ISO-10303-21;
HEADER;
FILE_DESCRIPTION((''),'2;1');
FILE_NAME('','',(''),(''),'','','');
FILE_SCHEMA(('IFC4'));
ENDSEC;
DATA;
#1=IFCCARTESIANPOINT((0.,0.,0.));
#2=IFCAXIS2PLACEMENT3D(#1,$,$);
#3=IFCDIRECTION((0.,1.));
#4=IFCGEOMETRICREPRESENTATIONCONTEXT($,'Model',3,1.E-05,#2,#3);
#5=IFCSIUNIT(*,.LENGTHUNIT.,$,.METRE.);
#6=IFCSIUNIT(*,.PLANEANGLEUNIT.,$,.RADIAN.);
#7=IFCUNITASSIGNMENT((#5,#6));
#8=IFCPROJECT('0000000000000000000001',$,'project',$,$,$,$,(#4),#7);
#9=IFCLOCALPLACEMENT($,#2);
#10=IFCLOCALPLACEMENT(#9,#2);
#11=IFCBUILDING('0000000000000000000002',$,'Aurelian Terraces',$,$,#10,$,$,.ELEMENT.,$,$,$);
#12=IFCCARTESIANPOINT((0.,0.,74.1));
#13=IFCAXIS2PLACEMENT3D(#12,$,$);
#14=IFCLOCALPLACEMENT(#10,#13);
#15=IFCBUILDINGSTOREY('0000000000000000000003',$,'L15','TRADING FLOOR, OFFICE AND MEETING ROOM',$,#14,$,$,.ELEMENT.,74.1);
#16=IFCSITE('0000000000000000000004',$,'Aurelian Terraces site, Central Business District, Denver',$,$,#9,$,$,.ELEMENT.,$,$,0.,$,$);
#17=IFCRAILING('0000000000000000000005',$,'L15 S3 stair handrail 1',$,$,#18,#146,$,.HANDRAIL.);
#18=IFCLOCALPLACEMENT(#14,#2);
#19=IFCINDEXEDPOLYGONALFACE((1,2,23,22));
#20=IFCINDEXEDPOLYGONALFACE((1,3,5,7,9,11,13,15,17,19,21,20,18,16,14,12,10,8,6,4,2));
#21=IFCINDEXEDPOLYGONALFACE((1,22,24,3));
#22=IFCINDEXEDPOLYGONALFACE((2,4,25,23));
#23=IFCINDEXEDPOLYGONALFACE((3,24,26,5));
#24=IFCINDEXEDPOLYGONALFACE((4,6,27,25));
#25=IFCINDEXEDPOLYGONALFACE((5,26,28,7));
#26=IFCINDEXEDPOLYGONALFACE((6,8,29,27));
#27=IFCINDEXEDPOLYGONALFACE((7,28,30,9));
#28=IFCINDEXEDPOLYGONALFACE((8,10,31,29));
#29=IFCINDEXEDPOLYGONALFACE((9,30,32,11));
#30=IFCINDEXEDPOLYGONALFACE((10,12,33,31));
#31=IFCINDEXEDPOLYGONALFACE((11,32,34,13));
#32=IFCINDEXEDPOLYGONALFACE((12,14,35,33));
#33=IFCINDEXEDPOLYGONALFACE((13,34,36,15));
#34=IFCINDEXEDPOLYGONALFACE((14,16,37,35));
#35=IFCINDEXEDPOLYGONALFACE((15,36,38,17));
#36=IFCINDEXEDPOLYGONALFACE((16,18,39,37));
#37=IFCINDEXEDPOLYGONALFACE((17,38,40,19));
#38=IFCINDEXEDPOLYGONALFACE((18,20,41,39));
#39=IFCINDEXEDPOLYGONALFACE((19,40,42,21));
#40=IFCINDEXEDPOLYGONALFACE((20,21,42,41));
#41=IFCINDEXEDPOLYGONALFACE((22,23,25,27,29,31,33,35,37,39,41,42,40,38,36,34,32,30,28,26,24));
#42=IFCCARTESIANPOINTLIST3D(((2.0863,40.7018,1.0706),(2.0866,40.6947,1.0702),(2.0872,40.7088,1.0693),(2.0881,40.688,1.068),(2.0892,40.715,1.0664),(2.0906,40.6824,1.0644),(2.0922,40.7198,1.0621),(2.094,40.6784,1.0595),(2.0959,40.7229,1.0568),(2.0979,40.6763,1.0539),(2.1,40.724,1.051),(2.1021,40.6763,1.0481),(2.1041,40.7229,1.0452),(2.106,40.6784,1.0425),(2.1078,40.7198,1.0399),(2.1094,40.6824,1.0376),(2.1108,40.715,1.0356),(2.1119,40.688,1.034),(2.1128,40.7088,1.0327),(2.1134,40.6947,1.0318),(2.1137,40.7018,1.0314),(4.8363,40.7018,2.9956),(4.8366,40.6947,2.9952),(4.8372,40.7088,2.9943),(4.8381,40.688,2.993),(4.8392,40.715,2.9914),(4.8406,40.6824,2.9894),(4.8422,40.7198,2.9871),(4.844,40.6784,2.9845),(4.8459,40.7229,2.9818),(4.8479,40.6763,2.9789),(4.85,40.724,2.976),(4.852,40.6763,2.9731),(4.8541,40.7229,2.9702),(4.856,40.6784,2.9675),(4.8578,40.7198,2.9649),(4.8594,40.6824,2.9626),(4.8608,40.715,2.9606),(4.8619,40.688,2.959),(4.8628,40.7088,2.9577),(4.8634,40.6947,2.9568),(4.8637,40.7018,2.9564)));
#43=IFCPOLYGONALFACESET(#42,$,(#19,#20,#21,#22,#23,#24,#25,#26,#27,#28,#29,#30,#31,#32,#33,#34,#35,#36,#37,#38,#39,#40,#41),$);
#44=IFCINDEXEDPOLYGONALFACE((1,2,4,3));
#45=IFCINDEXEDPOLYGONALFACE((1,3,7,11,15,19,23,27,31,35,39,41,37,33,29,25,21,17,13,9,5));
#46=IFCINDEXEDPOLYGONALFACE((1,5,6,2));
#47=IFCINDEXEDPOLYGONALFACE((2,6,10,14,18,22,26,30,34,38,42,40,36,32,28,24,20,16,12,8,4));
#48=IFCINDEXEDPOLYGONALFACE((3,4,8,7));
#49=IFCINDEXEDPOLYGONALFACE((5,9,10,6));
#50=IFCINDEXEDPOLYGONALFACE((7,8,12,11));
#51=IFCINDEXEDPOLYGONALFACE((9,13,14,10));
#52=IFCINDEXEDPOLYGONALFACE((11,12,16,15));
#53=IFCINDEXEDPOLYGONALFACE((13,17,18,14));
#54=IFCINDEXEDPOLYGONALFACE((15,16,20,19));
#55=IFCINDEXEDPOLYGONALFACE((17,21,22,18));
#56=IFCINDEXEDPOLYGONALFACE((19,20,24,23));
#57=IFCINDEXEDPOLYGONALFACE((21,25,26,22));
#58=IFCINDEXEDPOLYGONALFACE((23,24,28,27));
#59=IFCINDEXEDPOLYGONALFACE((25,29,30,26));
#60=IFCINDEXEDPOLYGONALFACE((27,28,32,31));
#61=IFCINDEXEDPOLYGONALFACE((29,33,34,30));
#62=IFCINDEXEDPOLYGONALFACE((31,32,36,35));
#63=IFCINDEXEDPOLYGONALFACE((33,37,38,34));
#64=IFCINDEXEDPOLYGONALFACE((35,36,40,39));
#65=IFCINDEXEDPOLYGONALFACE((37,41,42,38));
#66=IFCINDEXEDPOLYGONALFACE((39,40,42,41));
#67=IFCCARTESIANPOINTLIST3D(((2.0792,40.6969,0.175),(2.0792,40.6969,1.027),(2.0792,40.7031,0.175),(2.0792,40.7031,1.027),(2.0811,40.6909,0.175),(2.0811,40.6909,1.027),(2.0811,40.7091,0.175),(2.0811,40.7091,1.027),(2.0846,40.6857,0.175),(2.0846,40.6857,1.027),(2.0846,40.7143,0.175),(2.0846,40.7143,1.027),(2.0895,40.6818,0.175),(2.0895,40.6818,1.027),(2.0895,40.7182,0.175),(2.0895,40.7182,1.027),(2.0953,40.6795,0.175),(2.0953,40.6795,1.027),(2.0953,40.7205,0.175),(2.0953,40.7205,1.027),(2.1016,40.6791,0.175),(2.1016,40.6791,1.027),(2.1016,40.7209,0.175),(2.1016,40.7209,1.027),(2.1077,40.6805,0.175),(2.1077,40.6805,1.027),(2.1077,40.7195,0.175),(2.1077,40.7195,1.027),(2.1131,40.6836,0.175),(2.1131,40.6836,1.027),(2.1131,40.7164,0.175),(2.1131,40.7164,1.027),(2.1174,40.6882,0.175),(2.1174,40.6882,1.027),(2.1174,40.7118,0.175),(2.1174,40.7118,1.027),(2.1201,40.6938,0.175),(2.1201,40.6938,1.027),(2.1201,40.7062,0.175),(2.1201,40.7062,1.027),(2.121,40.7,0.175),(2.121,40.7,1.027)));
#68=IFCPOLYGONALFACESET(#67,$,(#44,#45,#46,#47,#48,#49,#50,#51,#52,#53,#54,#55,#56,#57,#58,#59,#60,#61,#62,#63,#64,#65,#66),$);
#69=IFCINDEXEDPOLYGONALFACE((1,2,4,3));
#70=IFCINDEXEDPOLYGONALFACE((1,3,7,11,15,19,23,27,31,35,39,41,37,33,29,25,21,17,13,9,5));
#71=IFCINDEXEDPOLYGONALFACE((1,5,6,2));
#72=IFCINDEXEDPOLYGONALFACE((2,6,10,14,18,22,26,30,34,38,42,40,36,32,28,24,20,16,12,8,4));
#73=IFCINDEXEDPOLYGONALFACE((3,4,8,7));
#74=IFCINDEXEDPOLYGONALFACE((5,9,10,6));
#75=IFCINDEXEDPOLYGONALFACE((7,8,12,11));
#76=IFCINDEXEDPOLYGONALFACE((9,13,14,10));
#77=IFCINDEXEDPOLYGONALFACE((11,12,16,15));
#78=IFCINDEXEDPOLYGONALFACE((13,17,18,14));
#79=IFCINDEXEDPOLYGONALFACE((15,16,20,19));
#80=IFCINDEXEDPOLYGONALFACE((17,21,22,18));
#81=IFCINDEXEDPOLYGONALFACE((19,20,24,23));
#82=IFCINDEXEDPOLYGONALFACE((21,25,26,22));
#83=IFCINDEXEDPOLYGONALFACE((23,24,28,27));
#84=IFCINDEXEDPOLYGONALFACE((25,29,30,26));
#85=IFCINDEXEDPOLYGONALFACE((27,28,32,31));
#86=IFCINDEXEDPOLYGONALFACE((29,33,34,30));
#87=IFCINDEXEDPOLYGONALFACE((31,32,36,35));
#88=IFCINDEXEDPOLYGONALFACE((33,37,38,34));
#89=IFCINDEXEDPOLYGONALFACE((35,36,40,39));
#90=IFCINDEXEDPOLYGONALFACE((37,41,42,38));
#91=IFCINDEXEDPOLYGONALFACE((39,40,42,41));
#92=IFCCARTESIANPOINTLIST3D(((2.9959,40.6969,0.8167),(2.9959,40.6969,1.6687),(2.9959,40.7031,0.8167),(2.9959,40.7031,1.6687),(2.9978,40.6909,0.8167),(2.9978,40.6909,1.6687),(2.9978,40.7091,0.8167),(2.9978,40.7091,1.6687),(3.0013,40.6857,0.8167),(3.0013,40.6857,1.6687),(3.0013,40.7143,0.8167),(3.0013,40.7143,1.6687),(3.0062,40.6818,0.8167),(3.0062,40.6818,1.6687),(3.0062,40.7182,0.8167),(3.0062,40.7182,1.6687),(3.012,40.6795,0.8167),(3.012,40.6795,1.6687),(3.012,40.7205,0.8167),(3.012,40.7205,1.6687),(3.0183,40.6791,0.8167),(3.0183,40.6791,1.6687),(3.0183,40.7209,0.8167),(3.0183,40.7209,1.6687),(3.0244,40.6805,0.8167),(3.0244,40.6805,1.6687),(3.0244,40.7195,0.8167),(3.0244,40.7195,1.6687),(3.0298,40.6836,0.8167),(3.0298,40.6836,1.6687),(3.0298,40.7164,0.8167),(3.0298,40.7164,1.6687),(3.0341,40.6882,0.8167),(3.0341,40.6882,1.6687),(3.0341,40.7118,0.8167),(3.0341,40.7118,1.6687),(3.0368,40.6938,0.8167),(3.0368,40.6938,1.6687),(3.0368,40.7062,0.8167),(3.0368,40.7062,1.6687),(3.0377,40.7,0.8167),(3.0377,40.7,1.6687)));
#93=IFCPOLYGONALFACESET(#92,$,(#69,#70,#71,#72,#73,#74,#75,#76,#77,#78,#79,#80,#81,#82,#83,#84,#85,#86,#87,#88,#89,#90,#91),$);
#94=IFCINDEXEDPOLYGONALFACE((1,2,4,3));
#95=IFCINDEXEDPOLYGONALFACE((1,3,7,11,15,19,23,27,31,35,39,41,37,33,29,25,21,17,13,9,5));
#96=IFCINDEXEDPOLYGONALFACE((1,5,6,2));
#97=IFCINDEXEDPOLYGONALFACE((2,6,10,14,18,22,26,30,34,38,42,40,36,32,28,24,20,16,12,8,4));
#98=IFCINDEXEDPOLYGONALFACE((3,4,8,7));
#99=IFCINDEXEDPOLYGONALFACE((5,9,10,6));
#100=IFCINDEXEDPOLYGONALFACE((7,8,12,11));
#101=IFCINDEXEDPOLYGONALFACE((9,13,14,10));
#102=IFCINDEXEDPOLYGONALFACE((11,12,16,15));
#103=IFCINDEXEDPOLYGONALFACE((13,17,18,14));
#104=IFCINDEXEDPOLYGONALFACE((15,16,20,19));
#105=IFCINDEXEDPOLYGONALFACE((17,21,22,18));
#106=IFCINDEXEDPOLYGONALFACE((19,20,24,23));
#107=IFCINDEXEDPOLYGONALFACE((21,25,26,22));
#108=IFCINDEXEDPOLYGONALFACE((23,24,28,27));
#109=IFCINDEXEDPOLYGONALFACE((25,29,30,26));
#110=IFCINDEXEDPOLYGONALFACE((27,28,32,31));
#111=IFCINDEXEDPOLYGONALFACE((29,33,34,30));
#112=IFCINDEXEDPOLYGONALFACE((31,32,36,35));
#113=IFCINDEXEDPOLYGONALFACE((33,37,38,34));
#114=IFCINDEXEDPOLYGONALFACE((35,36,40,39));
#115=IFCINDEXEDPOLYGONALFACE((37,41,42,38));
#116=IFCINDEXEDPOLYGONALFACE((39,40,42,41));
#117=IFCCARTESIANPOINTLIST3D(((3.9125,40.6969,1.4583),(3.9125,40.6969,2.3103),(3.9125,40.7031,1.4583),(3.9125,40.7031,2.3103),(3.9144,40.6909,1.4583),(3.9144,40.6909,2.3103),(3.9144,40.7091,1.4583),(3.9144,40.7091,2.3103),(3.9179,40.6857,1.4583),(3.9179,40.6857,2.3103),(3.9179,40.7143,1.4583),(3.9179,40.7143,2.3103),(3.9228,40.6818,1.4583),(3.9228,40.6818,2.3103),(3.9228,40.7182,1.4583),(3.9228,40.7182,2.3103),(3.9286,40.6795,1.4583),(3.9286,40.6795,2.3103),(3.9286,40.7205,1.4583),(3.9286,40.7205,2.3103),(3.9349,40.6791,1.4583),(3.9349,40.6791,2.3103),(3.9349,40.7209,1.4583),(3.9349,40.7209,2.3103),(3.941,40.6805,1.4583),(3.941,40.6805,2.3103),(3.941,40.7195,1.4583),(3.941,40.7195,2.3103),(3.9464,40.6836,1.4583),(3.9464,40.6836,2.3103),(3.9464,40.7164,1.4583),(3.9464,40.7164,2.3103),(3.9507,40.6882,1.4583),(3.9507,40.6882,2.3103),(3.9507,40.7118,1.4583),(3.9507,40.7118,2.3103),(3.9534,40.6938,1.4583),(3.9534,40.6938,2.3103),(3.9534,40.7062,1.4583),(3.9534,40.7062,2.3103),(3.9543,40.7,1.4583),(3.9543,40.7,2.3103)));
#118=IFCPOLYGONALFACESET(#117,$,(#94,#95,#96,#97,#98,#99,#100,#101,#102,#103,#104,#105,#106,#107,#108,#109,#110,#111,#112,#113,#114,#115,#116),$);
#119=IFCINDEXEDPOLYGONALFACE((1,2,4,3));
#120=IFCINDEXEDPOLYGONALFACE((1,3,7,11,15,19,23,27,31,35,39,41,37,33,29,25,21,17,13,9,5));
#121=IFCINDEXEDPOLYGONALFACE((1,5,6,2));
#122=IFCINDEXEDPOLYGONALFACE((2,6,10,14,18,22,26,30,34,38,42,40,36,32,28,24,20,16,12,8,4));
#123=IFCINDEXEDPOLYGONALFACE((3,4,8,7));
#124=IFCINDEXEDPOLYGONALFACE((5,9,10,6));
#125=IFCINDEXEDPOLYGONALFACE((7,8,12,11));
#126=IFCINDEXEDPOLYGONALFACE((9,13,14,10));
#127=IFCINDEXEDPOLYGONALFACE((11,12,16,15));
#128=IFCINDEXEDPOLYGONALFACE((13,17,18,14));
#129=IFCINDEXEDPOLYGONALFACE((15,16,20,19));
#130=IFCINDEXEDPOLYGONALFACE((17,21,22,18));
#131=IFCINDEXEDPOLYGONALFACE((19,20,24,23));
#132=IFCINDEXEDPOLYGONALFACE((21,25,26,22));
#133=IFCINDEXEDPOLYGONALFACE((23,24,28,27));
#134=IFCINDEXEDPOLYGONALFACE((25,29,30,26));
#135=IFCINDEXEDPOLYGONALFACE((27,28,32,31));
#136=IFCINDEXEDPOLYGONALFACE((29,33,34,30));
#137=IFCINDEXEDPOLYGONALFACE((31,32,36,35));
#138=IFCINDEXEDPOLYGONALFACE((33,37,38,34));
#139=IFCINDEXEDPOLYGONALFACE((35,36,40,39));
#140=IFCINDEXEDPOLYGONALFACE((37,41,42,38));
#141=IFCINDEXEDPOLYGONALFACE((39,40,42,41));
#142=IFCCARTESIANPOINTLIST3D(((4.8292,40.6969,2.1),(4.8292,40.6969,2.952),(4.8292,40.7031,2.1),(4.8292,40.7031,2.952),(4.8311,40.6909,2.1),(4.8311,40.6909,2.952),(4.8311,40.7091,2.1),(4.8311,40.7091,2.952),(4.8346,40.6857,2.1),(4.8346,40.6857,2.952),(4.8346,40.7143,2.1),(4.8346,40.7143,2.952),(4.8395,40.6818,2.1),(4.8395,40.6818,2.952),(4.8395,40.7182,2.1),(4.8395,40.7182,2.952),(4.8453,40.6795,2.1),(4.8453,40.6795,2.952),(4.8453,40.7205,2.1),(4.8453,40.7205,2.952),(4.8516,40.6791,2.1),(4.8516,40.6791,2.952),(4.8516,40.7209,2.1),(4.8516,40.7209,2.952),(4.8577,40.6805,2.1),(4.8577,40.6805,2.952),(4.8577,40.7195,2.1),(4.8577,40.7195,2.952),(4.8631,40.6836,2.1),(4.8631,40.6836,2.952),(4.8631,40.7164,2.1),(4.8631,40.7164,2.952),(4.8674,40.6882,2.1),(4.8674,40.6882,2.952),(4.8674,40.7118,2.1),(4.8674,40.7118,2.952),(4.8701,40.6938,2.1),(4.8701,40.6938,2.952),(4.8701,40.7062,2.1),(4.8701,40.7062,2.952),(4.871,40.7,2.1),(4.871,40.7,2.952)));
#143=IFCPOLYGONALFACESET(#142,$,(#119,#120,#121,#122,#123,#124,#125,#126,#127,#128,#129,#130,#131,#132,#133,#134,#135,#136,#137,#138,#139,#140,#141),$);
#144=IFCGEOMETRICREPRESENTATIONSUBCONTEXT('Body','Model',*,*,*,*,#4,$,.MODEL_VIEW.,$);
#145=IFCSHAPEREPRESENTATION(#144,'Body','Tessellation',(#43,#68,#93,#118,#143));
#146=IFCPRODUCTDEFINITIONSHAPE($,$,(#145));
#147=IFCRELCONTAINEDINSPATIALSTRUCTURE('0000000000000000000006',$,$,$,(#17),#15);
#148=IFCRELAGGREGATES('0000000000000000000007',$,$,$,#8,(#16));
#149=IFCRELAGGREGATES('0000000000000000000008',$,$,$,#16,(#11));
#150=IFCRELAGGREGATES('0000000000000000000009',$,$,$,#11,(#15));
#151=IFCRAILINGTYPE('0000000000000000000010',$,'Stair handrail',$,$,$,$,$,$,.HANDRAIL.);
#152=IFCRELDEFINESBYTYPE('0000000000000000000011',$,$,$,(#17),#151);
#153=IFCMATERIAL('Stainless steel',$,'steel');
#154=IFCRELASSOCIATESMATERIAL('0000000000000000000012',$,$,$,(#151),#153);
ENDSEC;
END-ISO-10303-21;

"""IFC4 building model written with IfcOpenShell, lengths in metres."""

from ifc_helpers import new_model, si_unit, direction, frame, origin, origin_2d, place, context, subcontext, project, spatial, circle, extrude, source, transform, mapped, material, type_object, element, save


model = new_model("IFC4")

# Units and contexts
model_context = context("Model", 3, precision=1e-05, world=origin(), true_north=direction((0.0, 1.0)))
body_context = subcontext(model_context, "Body", "Model", "MODEL_VIEW")
ifc_project = project(units=[si_unit("LENGTHUNIT", "METRE"), si_unit("PLANEANGLEUNIT", "RADIAN")], contexts=[model_context])

# Site, building, storey
site_placement = place(None, origin())
site = spatial("IfcSite", under=ifc_project, at=site_placement, Name="Aurelian Terraces site, Central Business District, Denver", CompositionType="ELEMENT", RefElevation=0.0)
building_placement = place(site_placement, origin())
building = spatial("IfcBuilding", under=site, at=building_placement, Name="Aurelian Terraces", CompositionType="ELEMENT")
storey_placement = place(building_placement, frame((0.0, 0.0, 74.1)))
storey = spatial("IfcBuildingStorey", under=building, at=storey_placement, Name="L15", Description="TRADING FLOOR, OFFICE AND MEETING ROOM", CompositionType="ELEMENT", Elevation=74.1)

# Railing
ifc_material_1 = material(Name="Stainless steel", Category="steel")
railing_type_1 = type_object("IfcRailingType", Name="Stair handrail", PredefinedType="HANDRAIL", material=ifc_material_1)
shared_shape_1 = source(origin(), body_context, "Body", "SweptSolid", [
    extrude(circle(Radius=0.024, at=origin_2d()), frame((0.0, 0.0, 0.876), z_axis=(0.819232, 0.0, 0.573462), x_axis=(0.0, 1.0, 0.0)), (0.0, 0.0, 1.0), 3.3568),
    extrude(circle(Radius=0.021, at=origin_2d()), origin(), (0.0, 0.0, 1.0), 0.852),
    extrude(circle(Radius=0.021, at=origin_2d()), frame((0.9167, 0.0, 0.6417)), (0.0, 0.0, 1.0), 0.852),
    extrude(circle(Radius=0.021, at=origin_2d()), frame((1.8333, 0.0, 1.2833)), (0.0, 0.0, 1.0), 0.852),
    extrude(circle(Radius=0.021, at=origin_2d()), frame((2.75, 0.0, 1.925)), (0.0, 0.0, 1.0), 0.852),
])
railing_1_placement = place(storey_placement, frame((2.1, 40.7, 0.175)))
element("IfcRailing", 1, at=railing_1_placement, inside=storey, type_object=railing_type_1, Name="L15 S3 stair handrail 1", PredefinedType="HANDRAIL", context=body_context, shape_type="MappedRepresentation", body=[
    mapped(shared_shape_1, transform((0.0, 0.0, 0.0), scale=1.0)),
])

save(model, "model.ifc")
